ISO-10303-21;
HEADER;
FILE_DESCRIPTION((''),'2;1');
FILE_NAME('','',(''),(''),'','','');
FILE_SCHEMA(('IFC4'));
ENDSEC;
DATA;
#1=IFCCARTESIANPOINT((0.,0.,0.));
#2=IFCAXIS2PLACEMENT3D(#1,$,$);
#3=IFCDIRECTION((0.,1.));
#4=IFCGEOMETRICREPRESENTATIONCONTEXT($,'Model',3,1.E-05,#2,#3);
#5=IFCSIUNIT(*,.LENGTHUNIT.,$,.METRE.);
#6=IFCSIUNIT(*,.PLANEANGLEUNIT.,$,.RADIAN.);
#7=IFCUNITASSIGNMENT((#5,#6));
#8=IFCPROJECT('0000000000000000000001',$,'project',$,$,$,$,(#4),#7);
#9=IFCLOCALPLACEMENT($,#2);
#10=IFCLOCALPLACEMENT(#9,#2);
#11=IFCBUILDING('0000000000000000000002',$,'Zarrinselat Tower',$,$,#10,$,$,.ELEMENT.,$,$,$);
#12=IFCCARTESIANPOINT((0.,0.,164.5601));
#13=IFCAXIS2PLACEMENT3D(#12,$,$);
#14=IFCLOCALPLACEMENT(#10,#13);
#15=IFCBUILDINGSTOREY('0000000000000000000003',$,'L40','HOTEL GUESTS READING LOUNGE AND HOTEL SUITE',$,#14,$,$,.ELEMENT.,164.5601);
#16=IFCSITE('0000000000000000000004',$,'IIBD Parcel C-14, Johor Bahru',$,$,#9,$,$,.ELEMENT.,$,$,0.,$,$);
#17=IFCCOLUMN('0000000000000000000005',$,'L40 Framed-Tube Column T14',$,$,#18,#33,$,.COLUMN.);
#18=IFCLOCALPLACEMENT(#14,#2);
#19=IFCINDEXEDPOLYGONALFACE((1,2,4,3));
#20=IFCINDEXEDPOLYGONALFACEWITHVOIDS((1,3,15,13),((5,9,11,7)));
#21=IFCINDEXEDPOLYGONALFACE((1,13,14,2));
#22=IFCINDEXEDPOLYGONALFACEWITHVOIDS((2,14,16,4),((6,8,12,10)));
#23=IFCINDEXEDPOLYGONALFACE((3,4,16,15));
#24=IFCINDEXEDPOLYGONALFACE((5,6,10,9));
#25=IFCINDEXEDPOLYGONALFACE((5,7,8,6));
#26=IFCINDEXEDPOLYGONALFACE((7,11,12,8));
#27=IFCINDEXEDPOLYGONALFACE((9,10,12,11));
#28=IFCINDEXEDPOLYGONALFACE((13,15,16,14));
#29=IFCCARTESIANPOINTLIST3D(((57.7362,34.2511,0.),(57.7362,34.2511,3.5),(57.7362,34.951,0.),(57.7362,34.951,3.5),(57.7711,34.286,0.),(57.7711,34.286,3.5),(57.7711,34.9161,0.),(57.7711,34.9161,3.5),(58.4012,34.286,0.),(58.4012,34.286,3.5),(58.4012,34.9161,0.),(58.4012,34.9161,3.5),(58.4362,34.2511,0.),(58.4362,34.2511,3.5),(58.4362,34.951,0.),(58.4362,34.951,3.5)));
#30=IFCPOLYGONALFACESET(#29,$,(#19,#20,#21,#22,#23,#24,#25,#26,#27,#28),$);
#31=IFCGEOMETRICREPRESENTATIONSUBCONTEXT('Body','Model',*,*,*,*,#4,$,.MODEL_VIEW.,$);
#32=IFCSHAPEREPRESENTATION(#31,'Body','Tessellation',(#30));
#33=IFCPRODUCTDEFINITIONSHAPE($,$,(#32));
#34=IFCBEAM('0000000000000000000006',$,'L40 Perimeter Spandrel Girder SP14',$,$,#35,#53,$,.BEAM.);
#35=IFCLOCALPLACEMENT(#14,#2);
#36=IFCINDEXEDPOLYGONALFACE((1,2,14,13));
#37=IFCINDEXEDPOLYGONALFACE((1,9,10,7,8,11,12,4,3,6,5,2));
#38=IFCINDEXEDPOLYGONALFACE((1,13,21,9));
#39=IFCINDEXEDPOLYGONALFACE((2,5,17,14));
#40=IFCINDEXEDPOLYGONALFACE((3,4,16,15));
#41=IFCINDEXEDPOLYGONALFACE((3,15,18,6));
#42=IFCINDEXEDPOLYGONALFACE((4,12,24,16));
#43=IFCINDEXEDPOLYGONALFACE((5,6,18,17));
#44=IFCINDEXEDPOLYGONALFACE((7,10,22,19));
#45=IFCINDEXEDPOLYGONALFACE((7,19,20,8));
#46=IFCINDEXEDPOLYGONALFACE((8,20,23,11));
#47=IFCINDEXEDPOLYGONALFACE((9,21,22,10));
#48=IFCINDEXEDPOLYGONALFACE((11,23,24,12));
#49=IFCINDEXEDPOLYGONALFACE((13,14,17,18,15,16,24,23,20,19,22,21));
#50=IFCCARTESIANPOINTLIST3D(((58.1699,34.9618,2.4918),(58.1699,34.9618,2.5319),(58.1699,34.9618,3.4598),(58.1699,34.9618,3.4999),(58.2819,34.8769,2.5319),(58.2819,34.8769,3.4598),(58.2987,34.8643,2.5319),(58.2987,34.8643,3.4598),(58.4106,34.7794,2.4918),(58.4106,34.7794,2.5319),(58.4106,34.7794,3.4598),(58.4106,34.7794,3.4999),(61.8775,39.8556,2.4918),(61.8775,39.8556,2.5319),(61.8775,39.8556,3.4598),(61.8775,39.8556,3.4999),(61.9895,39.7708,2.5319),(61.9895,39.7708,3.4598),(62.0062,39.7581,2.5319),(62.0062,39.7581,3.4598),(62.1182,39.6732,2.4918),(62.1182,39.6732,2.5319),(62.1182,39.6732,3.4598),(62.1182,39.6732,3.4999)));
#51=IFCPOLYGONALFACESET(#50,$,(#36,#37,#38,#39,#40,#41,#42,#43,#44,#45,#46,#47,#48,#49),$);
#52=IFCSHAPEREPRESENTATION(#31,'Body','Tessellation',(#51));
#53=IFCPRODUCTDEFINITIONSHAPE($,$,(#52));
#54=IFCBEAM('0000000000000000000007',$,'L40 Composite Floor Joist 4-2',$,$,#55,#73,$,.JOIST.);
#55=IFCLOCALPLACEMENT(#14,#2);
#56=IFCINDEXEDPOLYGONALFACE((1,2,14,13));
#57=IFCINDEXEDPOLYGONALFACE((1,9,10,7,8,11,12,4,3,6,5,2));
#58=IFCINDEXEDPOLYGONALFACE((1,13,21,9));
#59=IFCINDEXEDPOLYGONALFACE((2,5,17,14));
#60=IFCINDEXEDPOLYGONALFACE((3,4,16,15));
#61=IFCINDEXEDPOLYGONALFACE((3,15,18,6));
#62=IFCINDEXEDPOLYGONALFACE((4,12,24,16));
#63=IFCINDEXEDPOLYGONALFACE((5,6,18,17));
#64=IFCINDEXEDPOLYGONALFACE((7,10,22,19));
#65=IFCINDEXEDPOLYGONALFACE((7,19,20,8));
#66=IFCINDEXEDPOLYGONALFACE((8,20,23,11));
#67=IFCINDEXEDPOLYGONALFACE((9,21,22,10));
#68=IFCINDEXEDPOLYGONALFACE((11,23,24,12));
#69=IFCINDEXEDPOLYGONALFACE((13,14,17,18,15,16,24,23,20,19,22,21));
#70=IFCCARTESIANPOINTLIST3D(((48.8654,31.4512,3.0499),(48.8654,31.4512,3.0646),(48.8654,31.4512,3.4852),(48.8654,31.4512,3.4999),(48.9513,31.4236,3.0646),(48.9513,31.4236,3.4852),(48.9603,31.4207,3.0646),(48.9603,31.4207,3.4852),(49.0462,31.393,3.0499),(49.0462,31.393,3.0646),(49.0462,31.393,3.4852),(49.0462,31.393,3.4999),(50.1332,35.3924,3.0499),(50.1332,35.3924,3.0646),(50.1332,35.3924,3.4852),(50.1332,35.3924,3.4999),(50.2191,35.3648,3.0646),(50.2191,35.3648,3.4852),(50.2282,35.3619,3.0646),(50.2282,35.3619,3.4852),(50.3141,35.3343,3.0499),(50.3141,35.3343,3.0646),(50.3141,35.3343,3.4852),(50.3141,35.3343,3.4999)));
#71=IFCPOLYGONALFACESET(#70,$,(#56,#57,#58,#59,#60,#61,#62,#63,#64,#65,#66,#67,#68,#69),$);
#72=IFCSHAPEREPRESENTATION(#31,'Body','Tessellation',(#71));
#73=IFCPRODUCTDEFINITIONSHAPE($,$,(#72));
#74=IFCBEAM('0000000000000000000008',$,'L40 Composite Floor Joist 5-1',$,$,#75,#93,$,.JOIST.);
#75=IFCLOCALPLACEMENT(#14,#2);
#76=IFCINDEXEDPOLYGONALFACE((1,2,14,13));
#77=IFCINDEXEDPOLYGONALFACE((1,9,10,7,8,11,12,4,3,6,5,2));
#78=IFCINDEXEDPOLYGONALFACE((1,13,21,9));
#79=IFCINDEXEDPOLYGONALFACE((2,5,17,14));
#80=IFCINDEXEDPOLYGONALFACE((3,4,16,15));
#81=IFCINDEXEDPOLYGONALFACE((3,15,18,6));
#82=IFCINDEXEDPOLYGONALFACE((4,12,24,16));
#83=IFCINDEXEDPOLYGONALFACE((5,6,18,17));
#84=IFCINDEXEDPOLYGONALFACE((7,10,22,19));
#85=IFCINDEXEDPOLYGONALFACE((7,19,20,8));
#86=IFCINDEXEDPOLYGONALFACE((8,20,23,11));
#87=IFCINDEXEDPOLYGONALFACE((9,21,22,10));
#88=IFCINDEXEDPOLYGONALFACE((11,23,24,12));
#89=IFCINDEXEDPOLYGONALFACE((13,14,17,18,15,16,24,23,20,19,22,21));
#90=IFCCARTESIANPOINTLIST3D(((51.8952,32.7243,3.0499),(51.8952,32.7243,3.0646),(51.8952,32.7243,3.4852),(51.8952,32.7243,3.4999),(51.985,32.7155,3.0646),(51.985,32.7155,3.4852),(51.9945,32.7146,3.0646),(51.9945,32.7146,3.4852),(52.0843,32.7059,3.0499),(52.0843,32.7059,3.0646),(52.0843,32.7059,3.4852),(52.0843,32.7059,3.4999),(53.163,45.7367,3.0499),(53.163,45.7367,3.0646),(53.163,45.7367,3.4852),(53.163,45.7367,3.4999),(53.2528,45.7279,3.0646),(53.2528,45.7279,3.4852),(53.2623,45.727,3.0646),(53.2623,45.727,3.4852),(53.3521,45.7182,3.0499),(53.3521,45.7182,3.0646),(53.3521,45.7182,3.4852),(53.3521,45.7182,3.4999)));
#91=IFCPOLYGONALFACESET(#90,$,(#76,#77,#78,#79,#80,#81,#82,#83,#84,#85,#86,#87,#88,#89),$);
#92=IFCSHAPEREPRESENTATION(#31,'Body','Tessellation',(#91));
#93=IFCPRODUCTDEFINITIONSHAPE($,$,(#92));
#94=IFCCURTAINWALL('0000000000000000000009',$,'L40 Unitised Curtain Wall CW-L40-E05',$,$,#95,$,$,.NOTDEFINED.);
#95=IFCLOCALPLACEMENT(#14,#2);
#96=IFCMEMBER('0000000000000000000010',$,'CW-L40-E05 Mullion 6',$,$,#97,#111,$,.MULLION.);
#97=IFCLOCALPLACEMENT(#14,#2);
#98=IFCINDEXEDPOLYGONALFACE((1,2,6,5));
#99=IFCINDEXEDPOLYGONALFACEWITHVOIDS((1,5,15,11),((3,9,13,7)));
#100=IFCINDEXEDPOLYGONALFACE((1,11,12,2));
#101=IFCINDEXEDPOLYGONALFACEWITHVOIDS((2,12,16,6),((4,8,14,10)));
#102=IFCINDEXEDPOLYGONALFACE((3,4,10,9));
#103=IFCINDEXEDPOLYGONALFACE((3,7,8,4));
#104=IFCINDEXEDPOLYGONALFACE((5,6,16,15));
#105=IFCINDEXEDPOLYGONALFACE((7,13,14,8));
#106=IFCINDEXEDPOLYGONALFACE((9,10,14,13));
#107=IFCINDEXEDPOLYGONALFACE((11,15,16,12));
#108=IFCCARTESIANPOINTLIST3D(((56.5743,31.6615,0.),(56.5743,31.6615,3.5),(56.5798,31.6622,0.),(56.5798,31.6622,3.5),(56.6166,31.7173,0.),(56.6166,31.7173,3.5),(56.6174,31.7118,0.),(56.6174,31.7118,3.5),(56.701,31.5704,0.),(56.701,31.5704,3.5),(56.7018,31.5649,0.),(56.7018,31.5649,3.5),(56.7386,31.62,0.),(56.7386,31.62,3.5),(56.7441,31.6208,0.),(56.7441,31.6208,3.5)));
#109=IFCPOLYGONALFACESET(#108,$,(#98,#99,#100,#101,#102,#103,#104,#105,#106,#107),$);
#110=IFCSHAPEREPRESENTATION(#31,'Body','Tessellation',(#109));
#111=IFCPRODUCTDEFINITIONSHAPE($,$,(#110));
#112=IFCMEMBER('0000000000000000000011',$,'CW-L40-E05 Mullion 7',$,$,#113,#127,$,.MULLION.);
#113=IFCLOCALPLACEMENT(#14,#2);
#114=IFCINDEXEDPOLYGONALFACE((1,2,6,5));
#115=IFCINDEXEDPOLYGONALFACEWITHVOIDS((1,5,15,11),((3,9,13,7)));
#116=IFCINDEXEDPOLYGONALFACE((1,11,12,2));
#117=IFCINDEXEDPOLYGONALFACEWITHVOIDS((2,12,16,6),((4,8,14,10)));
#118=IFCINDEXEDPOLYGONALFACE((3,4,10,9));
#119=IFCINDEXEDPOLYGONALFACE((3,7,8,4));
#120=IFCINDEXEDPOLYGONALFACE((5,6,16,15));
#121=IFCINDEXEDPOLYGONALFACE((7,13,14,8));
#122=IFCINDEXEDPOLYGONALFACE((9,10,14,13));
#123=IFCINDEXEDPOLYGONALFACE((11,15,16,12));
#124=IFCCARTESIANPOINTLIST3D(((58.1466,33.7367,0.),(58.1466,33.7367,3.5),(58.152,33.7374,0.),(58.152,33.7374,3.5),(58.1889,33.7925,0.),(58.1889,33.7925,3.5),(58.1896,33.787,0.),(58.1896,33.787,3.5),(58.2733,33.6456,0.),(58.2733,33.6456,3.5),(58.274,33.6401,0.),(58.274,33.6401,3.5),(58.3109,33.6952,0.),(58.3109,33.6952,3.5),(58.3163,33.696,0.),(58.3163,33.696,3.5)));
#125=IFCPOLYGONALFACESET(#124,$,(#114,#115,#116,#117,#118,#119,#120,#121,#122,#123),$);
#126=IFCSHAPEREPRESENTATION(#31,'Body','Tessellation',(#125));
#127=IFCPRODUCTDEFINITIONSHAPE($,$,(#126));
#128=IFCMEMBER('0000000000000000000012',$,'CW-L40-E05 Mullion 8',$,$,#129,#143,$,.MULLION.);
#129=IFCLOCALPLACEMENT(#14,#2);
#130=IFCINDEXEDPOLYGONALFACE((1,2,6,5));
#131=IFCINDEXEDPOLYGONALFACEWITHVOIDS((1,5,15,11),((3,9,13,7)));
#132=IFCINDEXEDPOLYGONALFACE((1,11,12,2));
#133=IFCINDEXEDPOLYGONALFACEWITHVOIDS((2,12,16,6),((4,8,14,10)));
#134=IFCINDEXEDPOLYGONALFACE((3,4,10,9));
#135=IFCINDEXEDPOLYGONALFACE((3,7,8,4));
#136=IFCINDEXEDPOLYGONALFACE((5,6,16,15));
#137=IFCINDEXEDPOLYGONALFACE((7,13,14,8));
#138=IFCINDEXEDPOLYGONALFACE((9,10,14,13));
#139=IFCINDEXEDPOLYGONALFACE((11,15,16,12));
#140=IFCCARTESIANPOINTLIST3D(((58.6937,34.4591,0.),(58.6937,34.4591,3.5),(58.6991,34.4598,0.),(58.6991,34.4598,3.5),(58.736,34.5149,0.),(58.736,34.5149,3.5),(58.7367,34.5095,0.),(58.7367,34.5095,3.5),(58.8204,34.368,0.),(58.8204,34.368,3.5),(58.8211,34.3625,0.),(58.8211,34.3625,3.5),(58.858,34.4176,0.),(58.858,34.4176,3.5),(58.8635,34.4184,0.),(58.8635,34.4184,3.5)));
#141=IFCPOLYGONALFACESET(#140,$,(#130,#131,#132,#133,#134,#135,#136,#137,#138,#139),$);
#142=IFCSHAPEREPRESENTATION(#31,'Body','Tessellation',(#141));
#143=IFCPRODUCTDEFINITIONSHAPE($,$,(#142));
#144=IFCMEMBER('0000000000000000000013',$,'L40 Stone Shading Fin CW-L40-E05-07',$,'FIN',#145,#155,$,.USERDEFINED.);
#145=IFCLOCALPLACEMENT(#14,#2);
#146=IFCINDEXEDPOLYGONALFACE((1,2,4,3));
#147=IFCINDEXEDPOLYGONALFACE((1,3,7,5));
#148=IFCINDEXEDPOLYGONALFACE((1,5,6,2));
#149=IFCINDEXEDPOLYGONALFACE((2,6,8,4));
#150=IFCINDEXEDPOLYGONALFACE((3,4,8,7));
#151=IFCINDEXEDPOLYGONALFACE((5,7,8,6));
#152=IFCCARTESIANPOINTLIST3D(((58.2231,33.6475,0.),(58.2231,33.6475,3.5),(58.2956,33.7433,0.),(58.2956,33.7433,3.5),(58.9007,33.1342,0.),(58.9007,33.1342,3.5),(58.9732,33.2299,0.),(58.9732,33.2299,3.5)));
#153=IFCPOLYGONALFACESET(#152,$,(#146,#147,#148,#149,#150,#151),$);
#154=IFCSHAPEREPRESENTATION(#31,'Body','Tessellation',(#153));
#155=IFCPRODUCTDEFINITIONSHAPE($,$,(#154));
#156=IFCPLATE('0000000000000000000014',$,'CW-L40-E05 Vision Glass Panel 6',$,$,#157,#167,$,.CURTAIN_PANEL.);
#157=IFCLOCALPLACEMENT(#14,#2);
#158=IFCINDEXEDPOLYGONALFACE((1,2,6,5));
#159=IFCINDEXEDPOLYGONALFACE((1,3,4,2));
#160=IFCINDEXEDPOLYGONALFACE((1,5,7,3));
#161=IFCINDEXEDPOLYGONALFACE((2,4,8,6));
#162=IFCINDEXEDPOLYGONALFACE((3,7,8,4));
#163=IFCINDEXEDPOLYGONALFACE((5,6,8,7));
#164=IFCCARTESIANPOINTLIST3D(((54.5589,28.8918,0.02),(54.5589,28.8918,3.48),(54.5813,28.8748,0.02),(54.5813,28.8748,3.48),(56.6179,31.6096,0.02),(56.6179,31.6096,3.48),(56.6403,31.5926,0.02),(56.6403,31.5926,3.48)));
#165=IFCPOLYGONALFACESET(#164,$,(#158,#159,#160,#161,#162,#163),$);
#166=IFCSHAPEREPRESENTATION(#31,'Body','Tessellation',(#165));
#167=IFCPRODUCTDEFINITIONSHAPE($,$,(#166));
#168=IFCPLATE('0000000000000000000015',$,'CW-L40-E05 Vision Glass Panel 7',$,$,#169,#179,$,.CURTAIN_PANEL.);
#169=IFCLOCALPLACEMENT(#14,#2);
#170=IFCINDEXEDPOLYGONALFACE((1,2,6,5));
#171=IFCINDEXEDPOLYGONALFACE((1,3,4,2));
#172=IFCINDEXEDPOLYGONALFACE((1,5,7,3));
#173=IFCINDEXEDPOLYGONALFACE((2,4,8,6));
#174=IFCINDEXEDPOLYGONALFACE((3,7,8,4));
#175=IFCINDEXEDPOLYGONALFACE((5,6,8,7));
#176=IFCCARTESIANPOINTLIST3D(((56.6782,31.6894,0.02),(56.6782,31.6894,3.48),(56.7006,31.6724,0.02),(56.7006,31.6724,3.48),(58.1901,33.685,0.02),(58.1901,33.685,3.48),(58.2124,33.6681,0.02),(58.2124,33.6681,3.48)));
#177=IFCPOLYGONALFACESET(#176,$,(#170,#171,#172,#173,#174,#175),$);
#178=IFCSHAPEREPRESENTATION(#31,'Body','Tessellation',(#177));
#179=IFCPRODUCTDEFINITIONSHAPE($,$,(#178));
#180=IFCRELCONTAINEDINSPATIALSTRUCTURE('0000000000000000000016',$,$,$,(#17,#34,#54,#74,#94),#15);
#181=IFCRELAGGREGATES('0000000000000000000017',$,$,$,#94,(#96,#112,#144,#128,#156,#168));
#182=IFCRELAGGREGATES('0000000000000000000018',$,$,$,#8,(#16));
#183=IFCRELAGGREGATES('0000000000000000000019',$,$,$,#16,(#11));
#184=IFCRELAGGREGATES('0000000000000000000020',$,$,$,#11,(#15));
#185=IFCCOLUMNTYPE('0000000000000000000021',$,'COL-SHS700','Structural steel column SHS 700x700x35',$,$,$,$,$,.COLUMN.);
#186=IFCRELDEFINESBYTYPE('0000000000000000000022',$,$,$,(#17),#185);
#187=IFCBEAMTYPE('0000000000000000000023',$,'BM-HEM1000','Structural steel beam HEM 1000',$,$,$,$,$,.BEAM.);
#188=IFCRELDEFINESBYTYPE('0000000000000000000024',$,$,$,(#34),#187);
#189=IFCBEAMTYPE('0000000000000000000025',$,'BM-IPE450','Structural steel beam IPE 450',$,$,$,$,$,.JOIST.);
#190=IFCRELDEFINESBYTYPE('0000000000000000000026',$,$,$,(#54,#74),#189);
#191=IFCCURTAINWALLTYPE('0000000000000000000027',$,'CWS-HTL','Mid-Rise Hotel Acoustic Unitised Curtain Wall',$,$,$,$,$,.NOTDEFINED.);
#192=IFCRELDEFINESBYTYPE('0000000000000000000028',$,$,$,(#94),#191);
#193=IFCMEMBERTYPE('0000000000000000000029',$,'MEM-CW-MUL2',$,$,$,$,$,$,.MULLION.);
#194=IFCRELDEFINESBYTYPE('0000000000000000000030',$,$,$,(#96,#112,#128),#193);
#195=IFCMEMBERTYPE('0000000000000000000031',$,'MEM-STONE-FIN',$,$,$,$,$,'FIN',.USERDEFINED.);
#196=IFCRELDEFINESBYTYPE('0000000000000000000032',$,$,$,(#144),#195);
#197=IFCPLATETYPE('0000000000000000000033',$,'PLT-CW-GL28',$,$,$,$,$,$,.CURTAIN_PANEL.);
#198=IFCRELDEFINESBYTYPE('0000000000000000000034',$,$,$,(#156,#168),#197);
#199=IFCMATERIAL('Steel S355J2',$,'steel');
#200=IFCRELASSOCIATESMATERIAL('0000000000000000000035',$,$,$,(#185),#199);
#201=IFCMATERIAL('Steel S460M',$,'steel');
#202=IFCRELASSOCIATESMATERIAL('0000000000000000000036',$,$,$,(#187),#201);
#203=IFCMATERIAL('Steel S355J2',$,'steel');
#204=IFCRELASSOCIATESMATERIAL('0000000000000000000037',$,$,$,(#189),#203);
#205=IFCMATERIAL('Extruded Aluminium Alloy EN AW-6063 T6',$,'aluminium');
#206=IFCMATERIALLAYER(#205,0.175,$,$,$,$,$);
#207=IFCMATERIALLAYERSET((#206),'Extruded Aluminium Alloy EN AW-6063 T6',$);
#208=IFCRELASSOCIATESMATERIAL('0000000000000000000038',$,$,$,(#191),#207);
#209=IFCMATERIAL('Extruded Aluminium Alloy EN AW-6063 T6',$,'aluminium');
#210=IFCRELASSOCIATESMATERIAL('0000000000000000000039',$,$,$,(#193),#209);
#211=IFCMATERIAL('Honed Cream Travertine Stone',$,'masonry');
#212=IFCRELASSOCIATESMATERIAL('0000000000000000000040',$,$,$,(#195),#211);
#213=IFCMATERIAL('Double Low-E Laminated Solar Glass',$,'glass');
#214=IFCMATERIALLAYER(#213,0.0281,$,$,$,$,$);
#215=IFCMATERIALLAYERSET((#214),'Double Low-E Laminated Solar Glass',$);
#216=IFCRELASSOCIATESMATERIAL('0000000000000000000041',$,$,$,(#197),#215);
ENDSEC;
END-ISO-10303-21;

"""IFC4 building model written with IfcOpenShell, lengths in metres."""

from ifc_helpers import new_model, si_unit, direction, frame, origin, origin_2d, place, context, subcontext, project, spatial, rectangle, hollow_rectangle, i_section, extrude, material, layer, layer_set, material_profile, profile_set, type_object, element, aggregate, save


model = new_model("IFC4")

# Units and contexts
model_context = context("Model", 3, precision=1e-05, world=origin(), true_north=direction((0.0, 1.0)))
body_context = subcontext(model_context, "Body", "Model", "MODEL_VIEW")
ifc_project = project(units=[si_unit("LENGTHUNIT", "METRE"), si_unit("PLANEANGLEUNIT", "RADIAN")], contexts=[model_context])

# Site, building, storey
site_placement = place(None, origin())
site = spatial("IfcSite", under=ifc_project, at=site_placement, Name="IIBD Parcel C-14, Johor Bahru", CompositionType="ELEMENT", RefElevation=0.0)
building_placement = place(site_placement, origin())
building = spatial("IfcBuilding", under=site, at=building_placement, Name="Zarrinselat Tower", CompositionType="ELEMENT")
storey_placement = place(building_placement, frame((0.0, 0.0, 164.5601)))
storey = spatial("IfcBuildingStorey", under=building, at=storey_placement, Name="L40", Description="HOTEL GUESTS READING LOUNGE AND HOTEL SUITE", CompositionType="ELEMENT", Elevation=164.5601)

# Column
ifc_material_1 = material(Name="Steel S355J2", Category="steel")
ifc_material_profile_1 = material_profile(ifc_material_1, hollow_rectangle(XDim=0.7, YDim=0.7, WallThickness=0.0349, at=origin_2d()), Name="SHS 700x700x35")
ifc_profile_set_1 = profile_set([ifc_material_profile_1], Name="Steel S355J2")
column_type = type_object("IfcColumnType", Name="COL-SHS700", Description="Structural steel column SHS 700x700x35", PredefinedType="COLUMN", material=ifc_profile_set_1)
column_placement = place(storey_placement, frame((58.0862, 34.6011, 0.0), z_axis=(0.0, 0.0, 1.0), x_axis=(1.0, 0.0, 0.0)))
element("IfcColumn", 1, at=column_placement, inside=storey, type_object=column_type, Name="L40 Framed-Tube Column T14", PredefinedType="COLUMN", context=body_context, shape_type="SweptSolid", body=[
    extrude(hollow_rectangle(XDim=0.7, YDim=0.7, WallThickness=0.0349, at=origin_2d()), origin(), (0.0, 0.0, 1.0), 3.5),
])

# Beams
ifc_material_2 = material(Name="Steel S460M", Category="steel")
ifc_material_profile_2 = material_profile(ifc_material_2, i_section(OverallWidth=0.302, OverallDepth=1.0081, WebThickness=0.021, FlangeThickness=0.04, at=origin_2d()), Name="HEM 1000")
ifc_profile_set_2 = profile_set([ifc_material_profile_2], Name="Steel S460M")
beam_type_1 = type_object("IfcBeamType", Name="BM-HEM1000", Description="Structural steel beam HEM 1000", PredefinedType="BEAM", material=ifc_profile_set_2)
beam_1_placement = place(storey_placement, frame((58.2903, 34.8706, 2.9958), z_axis=(0.603868, 0.797085, 0.0), x_axis=(-0.797085, 0.603868, 0.0)))
element("IfcBeam", 2, at=beam_1_placement, inside=storey, type_object=beam_type_1, Name="L40 Perimeter Spandrel Girder SP14", PredefinedType="BEAM", context=body_context, shape_type="SweptSolid", body=[
    extrude(i_section(OverallWidth=0.302, OverallDepth=1.0081, WebThickness=0.021, FlangeThickness=0.04, at=origin_2d()), origin(), (0.0, 0.0, 1.0), 6.1396),
])
ifc_material_3 = material(Name="Steel S355J2", Category="steel")
ifc_material_profile_3 = material_profile(ifc_material_3, i_section(OverallWidth=0.1899, OverallDepth=0.45, WebThickness=0.0095, FlangeThickness=0.0146, at=origin_2d()), Name="IPE 450")
ifc_profile_set_3 = profile_set([ifc_material_profile_3], Name="Steel S355J2")
beam_type_2 = type_object("IfcBeamType", Name="BM-IPE450", Description="Structural steel beam IPE 450", PredefinedType="JOIST", material=ifc_profile_set_3)
beam_2_placement = place(storey_placement, frame((48.9558, 31.4221, 3.2749), z_axis=(0.306233, 0.951957, 0.0), x_axis=(-0.951957, 0.306233, 0.0)))
element("IfcBeam", 3, at=beam_2_placement, inside=storey, type_object=beam_type_2, Name="L40 Composite Floor Joist 4-2", PredefinedType="JOIST", context=body_context, shape_type="SweptSolid", body=[
    extrude(i_section(OverallWidth=0.1899, OverallDepth=0.45, WebThickness=0.0095, FlangeThickness=0.0146, at=origin_2d()), origin(), (0.0, 0.0, 1.0), 4.1401),
])
beam_3_placement = place(storey_placement, frame((51.9897, 32.7151, 3.2749), z_axis=(0.096972, 0.995287, 0.0), x_axis=(-0.995287, 0.096972, 0.0)))
element("IfcBeam", 4, at=beam_3_placement, inside=storey, type_object=beam_type_2, Name="L40 Composite Floor Joist 5-1", PredefinedType="JOIST", context=body_context, shape_type="SweptSolid", body=[
    extrude(i_section(OverallWidth=0.1899, OverallDepth=0.45, WebThickness=0.0095, FlangeThickness=0.0146, at=origin_2d()), origin(), (0.0, 0.0, 1.0), 13.074),
])

# Curtain wall, members, plates
ifc_material_4 = material(Name="Extruded Aluminium Alloy EN AW-6063 T6", Category="aluminium")
ifc_layer_1 = layer(ifc_material_4, 0.175)
ifc_layer_set_1 = layer_set([ifc_layer_1], Name="Extruded Aluminium Alloy EN AW-6063 T6")
curtain_wall_type = type_object("IfcCurtainWallType", Name="CWS-HTL", Description="Mid-Rise Hotel Acoustic Unitised Curtain Wall", PredefinedType="NOTDEFINED", material=ifc_layer_set_1)
curtain_wall_placement = place(storey_placement, origin())
curtain_wall = element("IfcCurtainWall", 5, at=curtain_wall_placement, inside=storey, type_object=curtain_wall_type, Name="L40 Unitised Curtain Wall CW-L40-E05", PredefinedType="NOTDEFINED")
ifc_material_5 = material(Name="Extruded Aluminium Alloy EN AW-6063 T6", Category="aluminium")
ifc_material_profile_4 = material_profile(ifc_material_5, hollow_rectangle(XDim=0.0701, YDim=0.1599, WallThickness=0.0039, at=origin_2d()), Name="RHS 160x70x4")
ifc_profile_set_4 = profile_set([ifc_material_profile_4], Name="Extruded Aluminium Alloy EN AW-6063 T6")
member_type_1 = type_object("IfcMemberType", Name="MEM-CW-MUL2", PredefinedType="MULLION", material=ifc_profile_set_4)
member_1_placement = place(storey_placement, frame((56.6592, 31.6411, 0.0), z_axis=(0.0, 0.0, 1.0), x_axis=(0.603859, 0.797091, 0.0)))
member_1 = element("IfcMember", 6, at=member_1_placement, type_object=member_type_1, Name="CW-L40-E05 Mullion 6", PredefinedType="MULLION", context=body_context, shape_type="SweptSolid", body=[
    extrude(hollow_rectangle(XDim=0.0701, YDim=0.1599, WallThickness=0.0039, at=origin_2d()), origin(), (0.0, 0.0, 1.0), 3.5),
])
member_2_placement = place(storey_placement, frame((58.2314, 33.7163, 0.0), z_axis=(0.0, 0.0, 1.0), x_axis=(0.603859, 0.797091, 0.0)))
member_2 = element("IfcMember", 7, at=member_2_placement, type_object=member_type_1, Name="CW-L40-E05 Mullion 7", PredefinedType="MULLION", context=body_context, shape_type="SweptSolid", body=[
    extrude(hollow_rectangle(XDim=0.0701, YDim=0.1599, WallThickness=0.0039, at=origin_2d()), origin(), (0.0, 0.0, 1.0), 3.5),
])
member_3_placement = place(storey_placement, frame((58.7786, 34.4387, 0.0), z_axis=(0.0, 0.0, 1.0), x_axis=(0.603859, 0.797091, 0.0)))
member_3 = element("IfcMember", 8, at=member_3_placement, type_object=member_type_1, Name="CW-L40-E05 Mullion 8", PredefinedType="MULLION", context=body_context, shape_type="SweptSolid", body=[
    extrude(hollow_rectangle(XDim=0.0701, YDim=0.1599, WallThickness=0.0039, at=origin_2d()), origin(), (0.0, 0.0, 1.0), 3.5),
])
ifc_material_6 = material(Name="Honed Cream Travertine Stone", Category="masonry")
ifc_material_profile_5 = material_profile(ifc_material_6, rectangle(XDim=0.1201, YDim=0.8501, at=origin_2d()), Name="FIN 850x120")
ifc_profile_set_5 = profile_set([ifc_material_profile_5], Name="Honed Cream Travertine Stone")
member_type_2 = type_object("IfcMemberType", Name="MEM-STONE-FIN", ElementType="FIN", PredefinedType="USERDEFINED", material=ifc_profile_set_5)
member_4_placement = place(storey_placement, frame((58.5981, 33.4387, 0.0), z_axis=(0.0, 0.0, 1.0), x_axis=(-0.603859, -0.797091, 0.0)))
member_4 = element("IfcMember", 9, at=member_4_placement, type_object=member_type_2, Name="L40 Stone Shading Fin CW-L40-E05-07", ObjectType="FIN", PredefinedType="USERDEFINED", context=body_context, shape_type="SweptSolid", body=[
    extrude(rectangle(XDim=0.1201, YDim=0.8501, at=origin_2d()), origin(), (0.0, 0.0, 1.0), 3.5),
])
ifc_material_7 = material(Name="Double Low-E Laminated Solar Glass", Category="glass")
ifc_layer_2 = layer(ifc_material_7, 0.0281)
ifc_layer_set_2 = layer_set([ifc_layer_2], Name="Double Low-E Laminated Solar Glass")
plate_type = type_object("IfcPlateType", Name="PLT-CW-GL28", PredefinedType="CURTAIN_PANEL", material=ifc_layer_set_2)
plate_1_placement = place(storey_placement, frame((55.5996, 30.2422, 0.02), z_axis=(0.0, 0.0, 1.0), x_axis=(0.603859, 0.797091, 0.0)))
plate_1 = element("IfcPlate", 10, at=plate_1_placement, type_object=plate_type, Name="CW-L40-E05 Vision Glass Panel 6", PredefinedType="CURTAIN_PANEL", context=body_context, shape_type="SweptSolid", body=[
    extrude(rectangle(XDim=3.4097, YDim=0.0281, at=origin_2d()), origin(), (0.0, 0.0, 1.0), 3.46),
])
plate_2_placement = place(storey_placement, frame((57.4453, 32.6787, 0.02), z_axis=(0.0, 0.0, 1.0), x_axis=(0.603859, 0.797091, 0.0)))
plate_2 = element("IfcPlate", 11, at=plate_2_placement, type_object=plate_type, Name="CW-L40-E05 Vision Glass Panel 7", PredefinedType="CURTAIN_PANEL", context=body_context, shape_type="SweptSolid", body=[
    extrude(rectangle(XDim=2.5037, YDim=0.0281, at=origin_2d()), origin(), (0.0, 0.0, 1.0), 3.46),
])
aggregate(curtain_wall, [member_1, member_2, member_4, member_3, plate_1, plate_2])

save(model, "model.ifc")
